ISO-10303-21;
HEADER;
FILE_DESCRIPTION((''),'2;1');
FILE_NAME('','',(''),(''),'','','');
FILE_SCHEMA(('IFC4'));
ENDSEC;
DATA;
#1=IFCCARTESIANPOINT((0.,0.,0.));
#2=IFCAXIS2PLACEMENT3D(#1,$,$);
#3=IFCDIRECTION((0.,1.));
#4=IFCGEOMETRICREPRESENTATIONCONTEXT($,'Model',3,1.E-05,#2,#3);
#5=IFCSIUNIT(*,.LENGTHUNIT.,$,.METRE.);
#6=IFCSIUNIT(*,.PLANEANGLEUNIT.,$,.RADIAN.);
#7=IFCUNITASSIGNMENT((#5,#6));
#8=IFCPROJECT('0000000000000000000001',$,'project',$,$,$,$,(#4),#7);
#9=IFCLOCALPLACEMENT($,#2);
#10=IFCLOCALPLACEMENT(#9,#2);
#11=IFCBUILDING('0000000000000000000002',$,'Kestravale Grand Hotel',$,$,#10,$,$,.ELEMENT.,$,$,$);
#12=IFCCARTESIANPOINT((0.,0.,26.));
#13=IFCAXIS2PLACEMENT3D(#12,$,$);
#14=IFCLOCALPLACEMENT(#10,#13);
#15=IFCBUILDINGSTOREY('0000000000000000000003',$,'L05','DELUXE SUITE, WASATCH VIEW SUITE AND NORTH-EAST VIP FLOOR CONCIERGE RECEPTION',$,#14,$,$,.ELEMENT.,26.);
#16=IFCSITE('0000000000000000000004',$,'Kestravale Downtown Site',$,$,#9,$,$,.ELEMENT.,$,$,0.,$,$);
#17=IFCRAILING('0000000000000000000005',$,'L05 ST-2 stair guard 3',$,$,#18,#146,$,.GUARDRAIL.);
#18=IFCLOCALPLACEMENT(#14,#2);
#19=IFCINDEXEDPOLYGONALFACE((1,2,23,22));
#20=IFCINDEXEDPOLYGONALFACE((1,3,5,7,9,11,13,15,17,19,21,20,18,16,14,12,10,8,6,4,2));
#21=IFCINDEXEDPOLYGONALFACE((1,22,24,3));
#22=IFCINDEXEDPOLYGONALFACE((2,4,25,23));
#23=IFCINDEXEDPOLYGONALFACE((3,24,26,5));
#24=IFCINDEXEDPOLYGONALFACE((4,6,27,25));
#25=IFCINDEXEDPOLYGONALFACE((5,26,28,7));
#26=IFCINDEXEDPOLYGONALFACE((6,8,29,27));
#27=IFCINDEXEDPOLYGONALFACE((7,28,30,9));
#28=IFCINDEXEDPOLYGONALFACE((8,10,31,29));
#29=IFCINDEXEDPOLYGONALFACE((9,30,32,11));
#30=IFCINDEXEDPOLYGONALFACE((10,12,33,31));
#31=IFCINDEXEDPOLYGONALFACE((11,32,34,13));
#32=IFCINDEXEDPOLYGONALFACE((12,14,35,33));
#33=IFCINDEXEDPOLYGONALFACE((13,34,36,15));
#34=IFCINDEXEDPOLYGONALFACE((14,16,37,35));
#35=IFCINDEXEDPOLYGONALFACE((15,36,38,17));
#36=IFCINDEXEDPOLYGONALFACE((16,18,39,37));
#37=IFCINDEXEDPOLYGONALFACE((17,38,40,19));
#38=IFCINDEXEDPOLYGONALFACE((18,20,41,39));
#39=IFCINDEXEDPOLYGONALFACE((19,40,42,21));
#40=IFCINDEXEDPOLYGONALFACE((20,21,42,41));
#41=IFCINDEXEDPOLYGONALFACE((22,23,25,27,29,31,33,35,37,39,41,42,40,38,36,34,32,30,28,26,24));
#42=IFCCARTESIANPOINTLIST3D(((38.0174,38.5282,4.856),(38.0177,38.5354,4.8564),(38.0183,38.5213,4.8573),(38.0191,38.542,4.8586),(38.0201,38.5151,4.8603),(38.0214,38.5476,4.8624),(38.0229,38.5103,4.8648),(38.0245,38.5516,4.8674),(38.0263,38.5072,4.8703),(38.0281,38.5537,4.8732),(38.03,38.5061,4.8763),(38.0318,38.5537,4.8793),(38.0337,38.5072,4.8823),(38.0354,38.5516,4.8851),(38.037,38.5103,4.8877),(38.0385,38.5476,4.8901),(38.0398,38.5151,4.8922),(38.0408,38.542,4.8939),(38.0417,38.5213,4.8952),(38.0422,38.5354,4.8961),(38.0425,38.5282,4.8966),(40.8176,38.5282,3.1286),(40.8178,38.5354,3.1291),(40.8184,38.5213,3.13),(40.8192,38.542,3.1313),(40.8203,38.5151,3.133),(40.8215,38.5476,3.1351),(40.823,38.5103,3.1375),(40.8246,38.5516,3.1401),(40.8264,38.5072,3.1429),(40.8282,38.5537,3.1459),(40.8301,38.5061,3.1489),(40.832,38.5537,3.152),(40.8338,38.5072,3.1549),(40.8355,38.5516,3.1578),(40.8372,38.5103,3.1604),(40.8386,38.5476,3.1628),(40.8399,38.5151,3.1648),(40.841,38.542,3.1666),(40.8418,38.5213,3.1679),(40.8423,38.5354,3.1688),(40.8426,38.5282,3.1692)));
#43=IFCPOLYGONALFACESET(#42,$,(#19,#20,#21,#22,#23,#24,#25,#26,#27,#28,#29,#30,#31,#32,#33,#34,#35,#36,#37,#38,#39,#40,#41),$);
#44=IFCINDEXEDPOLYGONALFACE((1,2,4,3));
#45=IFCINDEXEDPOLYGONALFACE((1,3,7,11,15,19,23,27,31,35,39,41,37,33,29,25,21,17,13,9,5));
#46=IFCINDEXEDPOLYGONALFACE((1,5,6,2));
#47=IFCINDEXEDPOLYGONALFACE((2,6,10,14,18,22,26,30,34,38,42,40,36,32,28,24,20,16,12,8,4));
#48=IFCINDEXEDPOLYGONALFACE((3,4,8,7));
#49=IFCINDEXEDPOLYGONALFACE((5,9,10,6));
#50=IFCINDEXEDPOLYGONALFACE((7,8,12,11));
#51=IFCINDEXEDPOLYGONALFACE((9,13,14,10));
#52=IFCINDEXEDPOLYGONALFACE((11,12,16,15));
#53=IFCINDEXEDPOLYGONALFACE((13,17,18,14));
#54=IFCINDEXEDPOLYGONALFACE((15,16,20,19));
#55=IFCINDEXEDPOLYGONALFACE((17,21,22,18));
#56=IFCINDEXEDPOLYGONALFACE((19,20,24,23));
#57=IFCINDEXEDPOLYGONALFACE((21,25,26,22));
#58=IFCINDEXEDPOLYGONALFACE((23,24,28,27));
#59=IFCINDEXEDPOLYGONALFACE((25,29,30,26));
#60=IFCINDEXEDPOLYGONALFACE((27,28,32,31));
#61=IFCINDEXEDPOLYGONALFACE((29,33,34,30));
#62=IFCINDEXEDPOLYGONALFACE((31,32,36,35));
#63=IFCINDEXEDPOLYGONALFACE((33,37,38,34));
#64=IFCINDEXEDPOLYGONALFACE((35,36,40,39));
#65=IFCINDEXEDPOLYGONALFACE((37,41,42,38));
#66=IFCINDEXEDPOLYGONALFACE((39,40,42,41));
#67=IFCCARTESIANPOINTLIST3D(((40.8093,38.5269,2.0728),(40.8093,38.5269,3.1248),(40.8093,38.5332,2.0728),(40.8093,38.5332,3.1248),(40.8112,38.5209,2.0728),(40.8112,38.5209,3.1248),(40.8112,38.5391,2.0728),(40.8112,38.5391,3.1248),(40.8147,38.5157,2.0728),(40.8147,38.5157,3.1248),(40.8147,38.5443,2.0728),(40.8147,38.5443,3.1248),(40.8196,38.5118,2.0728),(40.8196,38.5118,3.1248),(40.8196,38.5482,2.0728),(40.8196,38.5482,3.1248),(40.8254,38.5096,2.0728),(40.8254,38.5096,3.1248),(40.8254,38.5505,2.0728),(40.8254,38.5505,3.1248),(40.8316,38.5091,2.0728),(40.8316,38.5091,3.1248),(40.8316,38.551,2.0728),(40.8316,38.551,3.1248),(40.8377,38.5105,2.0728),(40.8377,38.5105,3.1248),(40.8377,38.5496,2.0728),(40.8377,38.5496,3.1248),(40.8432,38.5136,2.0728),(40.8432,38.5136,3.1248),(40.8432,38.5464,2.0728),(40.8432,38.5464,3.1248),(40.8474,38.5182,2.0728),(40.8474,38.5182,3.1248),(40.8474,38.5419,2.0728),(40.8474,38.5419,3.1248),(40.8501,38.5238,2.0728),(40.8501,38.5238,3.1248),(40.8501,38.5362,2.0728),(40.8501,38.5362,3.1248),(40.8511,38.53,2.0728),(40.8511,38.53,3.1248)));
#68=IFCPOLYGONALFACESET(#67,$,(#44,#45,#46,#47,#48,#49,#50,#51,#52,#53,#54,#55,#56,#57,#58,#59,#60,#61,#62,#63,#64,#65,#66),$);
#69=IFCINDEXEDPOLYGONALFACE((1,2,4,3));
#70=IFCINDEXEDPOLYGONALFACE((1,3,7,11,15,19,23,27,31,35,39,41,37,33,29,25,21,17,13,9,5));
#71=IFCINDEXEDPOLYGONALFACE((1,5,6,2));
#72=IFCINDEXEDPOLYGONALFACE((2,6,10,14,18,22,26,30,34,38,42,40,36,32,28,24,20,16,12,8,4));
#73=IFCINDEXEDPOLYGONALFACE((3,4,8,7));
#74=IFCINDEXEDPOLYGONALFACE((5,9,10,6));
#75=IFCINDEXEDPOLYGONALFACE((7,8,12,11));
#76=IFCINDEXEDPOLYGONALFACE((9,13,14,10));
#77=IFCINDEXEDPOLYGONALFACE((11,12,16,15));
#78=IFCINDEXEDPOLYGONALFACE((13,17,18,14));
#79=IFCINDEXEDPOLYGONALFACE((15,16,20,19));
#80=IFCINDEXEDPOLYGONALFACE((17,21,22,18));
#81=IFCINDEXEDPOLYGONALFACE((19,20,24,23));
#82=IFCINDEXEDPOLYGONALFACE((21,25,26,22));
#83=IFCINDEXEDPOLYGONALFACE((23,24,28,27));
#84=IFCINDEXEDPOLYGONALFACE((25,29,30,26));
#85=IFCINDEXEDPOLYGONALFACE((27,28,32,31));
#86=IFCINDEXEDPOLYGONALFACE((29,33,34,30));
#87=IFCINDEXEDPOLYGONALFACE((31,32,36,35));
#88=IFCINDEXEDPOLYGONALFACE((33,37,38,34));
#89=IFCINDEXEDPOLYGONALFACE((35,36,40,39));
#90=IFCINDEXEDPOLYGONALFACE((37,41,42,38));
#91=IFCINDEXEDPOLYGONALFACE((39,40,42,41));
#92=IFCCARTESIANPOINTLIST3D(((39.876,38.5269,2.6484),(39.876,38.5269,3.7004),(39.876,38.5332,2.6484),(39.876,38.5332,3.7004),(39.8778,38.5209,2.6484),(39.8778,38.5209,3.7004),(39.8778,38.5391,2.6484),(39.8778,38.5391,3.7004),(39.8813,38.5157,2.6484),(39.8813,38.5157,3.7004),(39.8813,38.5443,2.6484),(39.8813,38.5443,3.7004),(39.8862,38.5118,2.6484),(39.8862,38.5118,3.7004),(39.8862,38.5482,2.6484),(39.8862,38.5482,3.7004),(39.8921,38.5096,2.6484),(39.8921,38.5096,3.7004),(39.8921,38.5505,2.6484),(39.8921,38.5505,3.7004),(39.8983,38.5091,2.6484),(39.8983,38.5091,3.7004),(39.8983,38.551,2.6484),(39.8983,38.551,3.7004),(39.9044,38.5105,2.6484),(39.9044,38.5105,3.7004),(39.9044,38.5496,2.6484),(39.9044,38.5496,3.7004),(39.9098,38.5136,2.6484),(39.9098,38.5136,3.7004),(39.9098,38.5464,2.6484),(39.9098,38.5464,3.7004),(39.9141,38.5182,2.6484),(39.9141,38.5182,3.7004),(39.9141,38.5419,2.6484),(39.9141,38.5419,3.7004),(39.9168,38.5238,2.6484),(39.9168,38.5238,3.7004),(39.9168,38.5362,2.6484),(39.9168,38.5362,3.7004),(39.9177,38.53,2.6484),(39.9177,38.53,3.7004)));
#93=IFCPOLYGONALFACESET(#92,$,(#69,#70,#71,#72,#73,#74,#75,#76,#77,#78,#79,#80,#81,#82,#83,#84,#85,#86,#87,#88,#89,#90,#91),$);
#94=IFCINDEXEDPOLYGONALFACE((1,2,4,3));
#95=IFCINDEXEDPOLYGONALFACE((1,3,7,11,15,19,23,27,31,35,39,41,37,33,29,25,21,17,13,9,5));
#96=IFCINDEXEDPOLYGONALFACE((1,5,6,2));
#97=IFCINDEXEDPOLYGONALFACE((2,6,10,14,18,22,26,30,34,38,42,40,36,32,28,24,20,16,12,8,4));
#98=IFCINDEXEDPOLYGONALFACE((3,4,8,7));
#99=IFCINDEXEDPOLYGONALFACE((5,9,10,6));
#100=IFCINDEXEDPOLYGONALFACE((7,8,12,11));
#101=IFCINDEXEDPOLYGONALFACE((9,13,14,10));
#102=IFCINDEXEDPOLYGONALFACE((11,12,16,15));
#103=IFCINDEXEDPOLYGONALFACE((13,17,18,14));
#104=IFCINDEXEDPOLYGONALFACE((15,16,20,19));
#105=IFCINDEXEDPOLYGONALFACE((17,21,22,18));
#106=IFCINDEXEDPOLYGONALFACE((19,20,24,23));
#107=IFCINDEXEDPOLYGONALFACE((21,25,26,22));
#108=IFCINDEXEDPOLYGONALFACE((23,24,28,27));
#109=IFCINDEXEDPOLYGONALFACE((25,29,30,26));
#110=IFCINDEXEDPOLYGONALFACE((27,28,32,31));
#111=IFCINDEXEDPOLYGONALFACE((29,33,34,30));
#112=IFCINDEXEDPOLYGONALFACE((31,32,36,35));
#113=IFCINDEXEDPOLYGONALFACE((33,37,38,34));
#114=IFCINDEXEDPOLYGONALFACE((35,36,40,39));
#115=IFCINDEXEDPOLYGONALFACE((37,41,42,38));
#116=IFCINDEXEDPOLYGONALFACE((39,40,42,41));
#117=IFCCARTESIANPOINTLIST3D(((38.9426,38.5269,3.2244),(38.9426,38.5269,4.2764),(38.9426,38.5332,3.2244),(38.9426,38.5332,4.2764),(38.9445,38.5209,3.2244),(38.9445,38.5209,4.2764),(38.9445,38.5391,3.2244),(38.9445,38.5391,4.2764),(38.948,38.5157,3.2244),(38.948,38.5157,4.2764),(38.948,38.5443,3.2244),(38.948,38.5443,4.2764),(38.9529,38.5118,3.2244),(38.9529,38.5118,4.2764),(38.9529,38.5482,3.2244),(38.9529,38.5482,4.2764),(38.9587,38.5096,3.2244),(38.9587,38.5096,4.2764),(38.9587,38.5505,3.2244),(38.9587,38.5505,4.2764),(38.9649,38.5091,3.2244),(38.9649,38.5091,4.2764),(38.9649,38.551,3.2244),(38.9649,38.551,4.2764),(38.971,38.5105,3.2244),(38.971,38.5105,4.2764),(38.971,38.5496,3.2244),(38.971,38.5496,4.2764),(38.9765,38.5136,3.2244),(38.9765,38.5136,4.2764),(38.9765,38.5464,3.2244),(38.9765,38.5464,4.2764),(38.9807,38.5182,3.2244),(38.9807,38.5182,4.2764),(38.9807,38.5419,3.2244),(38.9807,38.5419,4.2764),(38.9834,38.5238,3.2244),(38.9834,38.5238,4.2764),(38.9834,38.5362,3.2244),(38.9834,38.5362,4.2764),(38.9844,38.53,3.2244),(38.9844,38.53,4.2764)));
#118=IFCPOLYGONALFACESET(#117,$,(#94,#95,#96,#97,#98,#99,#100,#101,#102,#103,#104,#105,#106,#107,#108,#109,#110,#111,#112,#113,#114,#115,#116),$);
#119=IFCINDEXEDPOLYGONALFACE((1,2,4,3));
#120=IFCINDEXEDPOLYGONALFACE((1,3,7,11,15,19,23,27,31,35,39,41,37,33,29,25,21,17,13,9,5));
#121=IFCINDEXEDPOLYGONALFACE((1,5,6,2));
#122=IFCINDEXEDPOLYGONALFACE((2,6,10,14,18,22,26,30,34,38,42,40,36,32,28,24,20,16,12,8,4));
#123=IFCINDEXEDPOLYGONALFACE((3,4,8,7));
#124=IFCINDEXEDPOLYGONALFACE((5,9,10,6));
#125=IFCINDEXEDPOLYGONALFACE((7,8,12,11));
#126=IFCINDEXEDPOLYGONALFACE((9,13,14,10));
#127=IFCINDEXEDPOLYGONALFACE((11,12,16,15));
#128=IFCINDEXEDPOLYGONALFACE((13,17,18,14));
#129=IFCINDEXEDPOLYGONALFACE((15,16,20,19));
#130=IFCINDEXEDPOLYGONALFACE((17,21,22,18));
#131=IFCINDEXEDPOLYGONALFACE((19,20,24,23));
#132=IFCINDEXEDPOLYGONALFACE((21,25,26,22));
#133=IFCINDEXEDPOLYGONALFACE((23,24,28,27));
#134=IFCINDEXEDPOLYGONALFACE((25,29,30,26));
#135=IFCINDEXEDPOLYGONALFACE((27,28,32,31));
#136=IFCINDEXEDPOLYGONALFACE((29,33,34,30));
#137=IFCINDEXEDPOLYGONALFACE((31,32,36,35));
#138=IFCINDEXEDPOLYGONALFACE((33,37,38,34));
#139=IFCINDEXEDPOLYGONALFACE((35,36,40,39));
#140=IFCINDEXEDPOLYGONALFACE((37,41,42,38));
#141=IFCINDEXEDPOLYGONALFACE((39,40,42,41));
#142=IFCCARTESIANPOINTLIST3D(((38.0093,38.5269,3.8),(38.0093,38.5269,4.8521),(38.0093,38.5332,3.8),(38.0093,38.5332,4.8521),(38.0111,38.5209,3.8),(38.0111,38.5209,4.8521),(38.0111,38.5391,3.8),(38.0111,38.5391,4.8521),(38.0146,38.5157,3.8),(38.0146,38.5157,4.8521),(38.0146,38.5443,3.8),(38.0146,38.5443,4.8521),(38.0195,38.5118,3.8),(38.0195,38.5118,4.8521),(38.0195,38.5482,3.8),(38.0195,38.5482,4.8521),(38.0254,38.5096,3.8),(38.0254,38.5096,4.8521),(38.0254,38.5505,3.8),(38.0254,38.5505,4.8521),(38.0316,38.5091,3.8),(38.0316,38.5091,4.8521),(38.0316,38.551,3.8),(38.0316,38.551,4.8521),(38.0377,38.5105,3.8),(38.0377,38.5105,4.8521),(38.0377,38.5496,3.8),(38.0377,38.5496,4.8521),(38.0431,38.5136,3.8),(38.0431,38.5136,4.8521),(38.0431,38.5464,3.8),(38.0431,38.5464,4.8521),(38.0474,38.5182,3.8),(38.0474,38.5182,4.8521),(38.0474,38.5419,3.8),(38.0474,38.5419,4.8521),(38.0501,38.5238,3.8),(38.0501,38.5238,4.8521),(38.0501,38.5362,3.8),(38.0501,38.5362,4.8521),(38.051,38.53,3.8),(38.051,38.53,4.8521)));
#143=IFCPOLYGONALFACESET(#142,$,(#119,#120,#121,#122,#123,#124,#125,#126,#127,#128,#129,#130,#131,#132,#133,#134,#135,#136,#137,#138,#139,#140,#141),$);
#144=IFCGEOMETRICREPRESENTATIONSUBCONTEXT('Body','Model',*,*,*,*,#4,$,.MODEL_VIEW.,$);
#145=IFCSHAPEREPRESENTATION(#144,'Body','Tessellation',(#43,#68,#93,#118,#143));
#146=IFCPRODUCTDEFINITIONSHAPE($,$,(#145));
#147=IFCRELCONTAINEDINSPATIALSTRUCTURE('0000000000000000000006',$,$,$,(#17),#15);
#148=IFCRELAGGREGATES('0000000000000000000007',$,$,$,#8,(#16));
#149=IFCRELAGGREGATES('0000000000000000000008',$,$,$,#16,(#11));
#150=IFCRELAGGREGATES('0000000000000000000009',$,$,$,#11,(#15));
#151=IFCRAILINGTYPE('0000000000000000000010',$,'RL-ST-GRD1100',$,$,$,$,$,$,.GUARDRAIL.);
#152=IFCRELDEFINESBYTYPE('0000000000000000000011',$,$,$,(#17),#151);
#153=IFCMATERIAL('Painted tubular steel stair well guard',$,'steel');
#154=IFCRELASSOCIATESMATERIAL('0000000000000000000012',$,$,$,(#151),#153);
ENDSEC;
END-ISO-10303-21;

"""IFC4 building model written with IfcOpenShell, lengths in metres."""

from ifc_helpers import new_model, si_unit, direction, frame, origin, origin_2d, place, context, subcontext, project, spatial, circle, extrude, material, type_object, element, save


model = new_model("IFC4")

# Units and contexts
model_context = context("Model", 3, precision=1e-05, world=origin(), true_north=direction((0.0, 1.0)))
body_context = subcontext(model_context, "Body", "Model", "MODEL_VIEW")
ifc_project = project(units=[si_unit("LENGTHUNIT", "METRE"), si_unit("PLANEANGLEUNIT", "RADIAN")], contexts=[model_context])

# Site, building, storey
site_placement = place(None, origin())
site = spatial("IfcSite", under=ifc_project, at=site_placement, Name="Kestravale Downtown Site", CompositionType="ELEMENT", RefElevation=0.0)
building_placement = place(site_placement, origin())
building = spatial("IfcBuilding", under=site, at=building_placement, Name="Kestravale Grand Hotel", CompositionType="ELEMENT")
storey_placement = place(building_placement, frame((0.0, 0.0, 26.0)))
storey = spatial("IfcBuildingStorey", under=building, at=storey_placement, Name="L05", Description="DELUXE SUITE, WASATCH VIEW SUITE AND NORTH-EAST VIP FLOOR CONCIERGE RECEPTION", CompositionType="ELEMENT", Elevation=26.0)

# Railing
ifc_material_1 = material(Name="Painted tubular steel stair well guard", Category="steel")
railing_type_1 = type_object("IfcRailingType", Name="RL-ST-GRD1100", PredefinedType="GUARDRAIL", material=ifc_material_1)
railing_1_placement = place(storey_placement, frame((40.8301, 38.53, 2.0728)))
element("IfcRailing", 1, at=railing_1_placement, inside=storey, type_object=railing_type_1, Name="L05 ST-2 stair guard 3", PredefinedType="GUARDRAIL", context=body_context, shape_type="SweptSolid", body=[
    extrude(circle(Radius=0.0239, at=origin_2d()), frame((0.0, 0.0, 1.0762), z_axis=(-0.85109, 0.0, 0.52502), x_axis=(0.0, -1.0, 0.0)), (0.0, 0.0, 1.0), 3.29),
    extrude(circle(Radius=0.021, at=origin_2d()), origin(), (0.0, 0.0, 1.0), 1.052),
    extrude(circle(Radius=0.021, at=origin_2d()), frame((-0.9333, 0.0, 0.5757)), (0.0, 0.0, 1.0), 1.052),
    extrude(circle(Radius=0.021, at=origin_2d()), frame((-1.8667, 0.0, 1.1516)), (0.0, 0.0, 1.0), 1.052),
    extrude(circle(Radius=0.021, at=origin_2d()), frame((-2.8, 0.0, 1.7273)), (0.0, 0.0, 1.0), 1.052),
])

save(model, "model.ifc")
